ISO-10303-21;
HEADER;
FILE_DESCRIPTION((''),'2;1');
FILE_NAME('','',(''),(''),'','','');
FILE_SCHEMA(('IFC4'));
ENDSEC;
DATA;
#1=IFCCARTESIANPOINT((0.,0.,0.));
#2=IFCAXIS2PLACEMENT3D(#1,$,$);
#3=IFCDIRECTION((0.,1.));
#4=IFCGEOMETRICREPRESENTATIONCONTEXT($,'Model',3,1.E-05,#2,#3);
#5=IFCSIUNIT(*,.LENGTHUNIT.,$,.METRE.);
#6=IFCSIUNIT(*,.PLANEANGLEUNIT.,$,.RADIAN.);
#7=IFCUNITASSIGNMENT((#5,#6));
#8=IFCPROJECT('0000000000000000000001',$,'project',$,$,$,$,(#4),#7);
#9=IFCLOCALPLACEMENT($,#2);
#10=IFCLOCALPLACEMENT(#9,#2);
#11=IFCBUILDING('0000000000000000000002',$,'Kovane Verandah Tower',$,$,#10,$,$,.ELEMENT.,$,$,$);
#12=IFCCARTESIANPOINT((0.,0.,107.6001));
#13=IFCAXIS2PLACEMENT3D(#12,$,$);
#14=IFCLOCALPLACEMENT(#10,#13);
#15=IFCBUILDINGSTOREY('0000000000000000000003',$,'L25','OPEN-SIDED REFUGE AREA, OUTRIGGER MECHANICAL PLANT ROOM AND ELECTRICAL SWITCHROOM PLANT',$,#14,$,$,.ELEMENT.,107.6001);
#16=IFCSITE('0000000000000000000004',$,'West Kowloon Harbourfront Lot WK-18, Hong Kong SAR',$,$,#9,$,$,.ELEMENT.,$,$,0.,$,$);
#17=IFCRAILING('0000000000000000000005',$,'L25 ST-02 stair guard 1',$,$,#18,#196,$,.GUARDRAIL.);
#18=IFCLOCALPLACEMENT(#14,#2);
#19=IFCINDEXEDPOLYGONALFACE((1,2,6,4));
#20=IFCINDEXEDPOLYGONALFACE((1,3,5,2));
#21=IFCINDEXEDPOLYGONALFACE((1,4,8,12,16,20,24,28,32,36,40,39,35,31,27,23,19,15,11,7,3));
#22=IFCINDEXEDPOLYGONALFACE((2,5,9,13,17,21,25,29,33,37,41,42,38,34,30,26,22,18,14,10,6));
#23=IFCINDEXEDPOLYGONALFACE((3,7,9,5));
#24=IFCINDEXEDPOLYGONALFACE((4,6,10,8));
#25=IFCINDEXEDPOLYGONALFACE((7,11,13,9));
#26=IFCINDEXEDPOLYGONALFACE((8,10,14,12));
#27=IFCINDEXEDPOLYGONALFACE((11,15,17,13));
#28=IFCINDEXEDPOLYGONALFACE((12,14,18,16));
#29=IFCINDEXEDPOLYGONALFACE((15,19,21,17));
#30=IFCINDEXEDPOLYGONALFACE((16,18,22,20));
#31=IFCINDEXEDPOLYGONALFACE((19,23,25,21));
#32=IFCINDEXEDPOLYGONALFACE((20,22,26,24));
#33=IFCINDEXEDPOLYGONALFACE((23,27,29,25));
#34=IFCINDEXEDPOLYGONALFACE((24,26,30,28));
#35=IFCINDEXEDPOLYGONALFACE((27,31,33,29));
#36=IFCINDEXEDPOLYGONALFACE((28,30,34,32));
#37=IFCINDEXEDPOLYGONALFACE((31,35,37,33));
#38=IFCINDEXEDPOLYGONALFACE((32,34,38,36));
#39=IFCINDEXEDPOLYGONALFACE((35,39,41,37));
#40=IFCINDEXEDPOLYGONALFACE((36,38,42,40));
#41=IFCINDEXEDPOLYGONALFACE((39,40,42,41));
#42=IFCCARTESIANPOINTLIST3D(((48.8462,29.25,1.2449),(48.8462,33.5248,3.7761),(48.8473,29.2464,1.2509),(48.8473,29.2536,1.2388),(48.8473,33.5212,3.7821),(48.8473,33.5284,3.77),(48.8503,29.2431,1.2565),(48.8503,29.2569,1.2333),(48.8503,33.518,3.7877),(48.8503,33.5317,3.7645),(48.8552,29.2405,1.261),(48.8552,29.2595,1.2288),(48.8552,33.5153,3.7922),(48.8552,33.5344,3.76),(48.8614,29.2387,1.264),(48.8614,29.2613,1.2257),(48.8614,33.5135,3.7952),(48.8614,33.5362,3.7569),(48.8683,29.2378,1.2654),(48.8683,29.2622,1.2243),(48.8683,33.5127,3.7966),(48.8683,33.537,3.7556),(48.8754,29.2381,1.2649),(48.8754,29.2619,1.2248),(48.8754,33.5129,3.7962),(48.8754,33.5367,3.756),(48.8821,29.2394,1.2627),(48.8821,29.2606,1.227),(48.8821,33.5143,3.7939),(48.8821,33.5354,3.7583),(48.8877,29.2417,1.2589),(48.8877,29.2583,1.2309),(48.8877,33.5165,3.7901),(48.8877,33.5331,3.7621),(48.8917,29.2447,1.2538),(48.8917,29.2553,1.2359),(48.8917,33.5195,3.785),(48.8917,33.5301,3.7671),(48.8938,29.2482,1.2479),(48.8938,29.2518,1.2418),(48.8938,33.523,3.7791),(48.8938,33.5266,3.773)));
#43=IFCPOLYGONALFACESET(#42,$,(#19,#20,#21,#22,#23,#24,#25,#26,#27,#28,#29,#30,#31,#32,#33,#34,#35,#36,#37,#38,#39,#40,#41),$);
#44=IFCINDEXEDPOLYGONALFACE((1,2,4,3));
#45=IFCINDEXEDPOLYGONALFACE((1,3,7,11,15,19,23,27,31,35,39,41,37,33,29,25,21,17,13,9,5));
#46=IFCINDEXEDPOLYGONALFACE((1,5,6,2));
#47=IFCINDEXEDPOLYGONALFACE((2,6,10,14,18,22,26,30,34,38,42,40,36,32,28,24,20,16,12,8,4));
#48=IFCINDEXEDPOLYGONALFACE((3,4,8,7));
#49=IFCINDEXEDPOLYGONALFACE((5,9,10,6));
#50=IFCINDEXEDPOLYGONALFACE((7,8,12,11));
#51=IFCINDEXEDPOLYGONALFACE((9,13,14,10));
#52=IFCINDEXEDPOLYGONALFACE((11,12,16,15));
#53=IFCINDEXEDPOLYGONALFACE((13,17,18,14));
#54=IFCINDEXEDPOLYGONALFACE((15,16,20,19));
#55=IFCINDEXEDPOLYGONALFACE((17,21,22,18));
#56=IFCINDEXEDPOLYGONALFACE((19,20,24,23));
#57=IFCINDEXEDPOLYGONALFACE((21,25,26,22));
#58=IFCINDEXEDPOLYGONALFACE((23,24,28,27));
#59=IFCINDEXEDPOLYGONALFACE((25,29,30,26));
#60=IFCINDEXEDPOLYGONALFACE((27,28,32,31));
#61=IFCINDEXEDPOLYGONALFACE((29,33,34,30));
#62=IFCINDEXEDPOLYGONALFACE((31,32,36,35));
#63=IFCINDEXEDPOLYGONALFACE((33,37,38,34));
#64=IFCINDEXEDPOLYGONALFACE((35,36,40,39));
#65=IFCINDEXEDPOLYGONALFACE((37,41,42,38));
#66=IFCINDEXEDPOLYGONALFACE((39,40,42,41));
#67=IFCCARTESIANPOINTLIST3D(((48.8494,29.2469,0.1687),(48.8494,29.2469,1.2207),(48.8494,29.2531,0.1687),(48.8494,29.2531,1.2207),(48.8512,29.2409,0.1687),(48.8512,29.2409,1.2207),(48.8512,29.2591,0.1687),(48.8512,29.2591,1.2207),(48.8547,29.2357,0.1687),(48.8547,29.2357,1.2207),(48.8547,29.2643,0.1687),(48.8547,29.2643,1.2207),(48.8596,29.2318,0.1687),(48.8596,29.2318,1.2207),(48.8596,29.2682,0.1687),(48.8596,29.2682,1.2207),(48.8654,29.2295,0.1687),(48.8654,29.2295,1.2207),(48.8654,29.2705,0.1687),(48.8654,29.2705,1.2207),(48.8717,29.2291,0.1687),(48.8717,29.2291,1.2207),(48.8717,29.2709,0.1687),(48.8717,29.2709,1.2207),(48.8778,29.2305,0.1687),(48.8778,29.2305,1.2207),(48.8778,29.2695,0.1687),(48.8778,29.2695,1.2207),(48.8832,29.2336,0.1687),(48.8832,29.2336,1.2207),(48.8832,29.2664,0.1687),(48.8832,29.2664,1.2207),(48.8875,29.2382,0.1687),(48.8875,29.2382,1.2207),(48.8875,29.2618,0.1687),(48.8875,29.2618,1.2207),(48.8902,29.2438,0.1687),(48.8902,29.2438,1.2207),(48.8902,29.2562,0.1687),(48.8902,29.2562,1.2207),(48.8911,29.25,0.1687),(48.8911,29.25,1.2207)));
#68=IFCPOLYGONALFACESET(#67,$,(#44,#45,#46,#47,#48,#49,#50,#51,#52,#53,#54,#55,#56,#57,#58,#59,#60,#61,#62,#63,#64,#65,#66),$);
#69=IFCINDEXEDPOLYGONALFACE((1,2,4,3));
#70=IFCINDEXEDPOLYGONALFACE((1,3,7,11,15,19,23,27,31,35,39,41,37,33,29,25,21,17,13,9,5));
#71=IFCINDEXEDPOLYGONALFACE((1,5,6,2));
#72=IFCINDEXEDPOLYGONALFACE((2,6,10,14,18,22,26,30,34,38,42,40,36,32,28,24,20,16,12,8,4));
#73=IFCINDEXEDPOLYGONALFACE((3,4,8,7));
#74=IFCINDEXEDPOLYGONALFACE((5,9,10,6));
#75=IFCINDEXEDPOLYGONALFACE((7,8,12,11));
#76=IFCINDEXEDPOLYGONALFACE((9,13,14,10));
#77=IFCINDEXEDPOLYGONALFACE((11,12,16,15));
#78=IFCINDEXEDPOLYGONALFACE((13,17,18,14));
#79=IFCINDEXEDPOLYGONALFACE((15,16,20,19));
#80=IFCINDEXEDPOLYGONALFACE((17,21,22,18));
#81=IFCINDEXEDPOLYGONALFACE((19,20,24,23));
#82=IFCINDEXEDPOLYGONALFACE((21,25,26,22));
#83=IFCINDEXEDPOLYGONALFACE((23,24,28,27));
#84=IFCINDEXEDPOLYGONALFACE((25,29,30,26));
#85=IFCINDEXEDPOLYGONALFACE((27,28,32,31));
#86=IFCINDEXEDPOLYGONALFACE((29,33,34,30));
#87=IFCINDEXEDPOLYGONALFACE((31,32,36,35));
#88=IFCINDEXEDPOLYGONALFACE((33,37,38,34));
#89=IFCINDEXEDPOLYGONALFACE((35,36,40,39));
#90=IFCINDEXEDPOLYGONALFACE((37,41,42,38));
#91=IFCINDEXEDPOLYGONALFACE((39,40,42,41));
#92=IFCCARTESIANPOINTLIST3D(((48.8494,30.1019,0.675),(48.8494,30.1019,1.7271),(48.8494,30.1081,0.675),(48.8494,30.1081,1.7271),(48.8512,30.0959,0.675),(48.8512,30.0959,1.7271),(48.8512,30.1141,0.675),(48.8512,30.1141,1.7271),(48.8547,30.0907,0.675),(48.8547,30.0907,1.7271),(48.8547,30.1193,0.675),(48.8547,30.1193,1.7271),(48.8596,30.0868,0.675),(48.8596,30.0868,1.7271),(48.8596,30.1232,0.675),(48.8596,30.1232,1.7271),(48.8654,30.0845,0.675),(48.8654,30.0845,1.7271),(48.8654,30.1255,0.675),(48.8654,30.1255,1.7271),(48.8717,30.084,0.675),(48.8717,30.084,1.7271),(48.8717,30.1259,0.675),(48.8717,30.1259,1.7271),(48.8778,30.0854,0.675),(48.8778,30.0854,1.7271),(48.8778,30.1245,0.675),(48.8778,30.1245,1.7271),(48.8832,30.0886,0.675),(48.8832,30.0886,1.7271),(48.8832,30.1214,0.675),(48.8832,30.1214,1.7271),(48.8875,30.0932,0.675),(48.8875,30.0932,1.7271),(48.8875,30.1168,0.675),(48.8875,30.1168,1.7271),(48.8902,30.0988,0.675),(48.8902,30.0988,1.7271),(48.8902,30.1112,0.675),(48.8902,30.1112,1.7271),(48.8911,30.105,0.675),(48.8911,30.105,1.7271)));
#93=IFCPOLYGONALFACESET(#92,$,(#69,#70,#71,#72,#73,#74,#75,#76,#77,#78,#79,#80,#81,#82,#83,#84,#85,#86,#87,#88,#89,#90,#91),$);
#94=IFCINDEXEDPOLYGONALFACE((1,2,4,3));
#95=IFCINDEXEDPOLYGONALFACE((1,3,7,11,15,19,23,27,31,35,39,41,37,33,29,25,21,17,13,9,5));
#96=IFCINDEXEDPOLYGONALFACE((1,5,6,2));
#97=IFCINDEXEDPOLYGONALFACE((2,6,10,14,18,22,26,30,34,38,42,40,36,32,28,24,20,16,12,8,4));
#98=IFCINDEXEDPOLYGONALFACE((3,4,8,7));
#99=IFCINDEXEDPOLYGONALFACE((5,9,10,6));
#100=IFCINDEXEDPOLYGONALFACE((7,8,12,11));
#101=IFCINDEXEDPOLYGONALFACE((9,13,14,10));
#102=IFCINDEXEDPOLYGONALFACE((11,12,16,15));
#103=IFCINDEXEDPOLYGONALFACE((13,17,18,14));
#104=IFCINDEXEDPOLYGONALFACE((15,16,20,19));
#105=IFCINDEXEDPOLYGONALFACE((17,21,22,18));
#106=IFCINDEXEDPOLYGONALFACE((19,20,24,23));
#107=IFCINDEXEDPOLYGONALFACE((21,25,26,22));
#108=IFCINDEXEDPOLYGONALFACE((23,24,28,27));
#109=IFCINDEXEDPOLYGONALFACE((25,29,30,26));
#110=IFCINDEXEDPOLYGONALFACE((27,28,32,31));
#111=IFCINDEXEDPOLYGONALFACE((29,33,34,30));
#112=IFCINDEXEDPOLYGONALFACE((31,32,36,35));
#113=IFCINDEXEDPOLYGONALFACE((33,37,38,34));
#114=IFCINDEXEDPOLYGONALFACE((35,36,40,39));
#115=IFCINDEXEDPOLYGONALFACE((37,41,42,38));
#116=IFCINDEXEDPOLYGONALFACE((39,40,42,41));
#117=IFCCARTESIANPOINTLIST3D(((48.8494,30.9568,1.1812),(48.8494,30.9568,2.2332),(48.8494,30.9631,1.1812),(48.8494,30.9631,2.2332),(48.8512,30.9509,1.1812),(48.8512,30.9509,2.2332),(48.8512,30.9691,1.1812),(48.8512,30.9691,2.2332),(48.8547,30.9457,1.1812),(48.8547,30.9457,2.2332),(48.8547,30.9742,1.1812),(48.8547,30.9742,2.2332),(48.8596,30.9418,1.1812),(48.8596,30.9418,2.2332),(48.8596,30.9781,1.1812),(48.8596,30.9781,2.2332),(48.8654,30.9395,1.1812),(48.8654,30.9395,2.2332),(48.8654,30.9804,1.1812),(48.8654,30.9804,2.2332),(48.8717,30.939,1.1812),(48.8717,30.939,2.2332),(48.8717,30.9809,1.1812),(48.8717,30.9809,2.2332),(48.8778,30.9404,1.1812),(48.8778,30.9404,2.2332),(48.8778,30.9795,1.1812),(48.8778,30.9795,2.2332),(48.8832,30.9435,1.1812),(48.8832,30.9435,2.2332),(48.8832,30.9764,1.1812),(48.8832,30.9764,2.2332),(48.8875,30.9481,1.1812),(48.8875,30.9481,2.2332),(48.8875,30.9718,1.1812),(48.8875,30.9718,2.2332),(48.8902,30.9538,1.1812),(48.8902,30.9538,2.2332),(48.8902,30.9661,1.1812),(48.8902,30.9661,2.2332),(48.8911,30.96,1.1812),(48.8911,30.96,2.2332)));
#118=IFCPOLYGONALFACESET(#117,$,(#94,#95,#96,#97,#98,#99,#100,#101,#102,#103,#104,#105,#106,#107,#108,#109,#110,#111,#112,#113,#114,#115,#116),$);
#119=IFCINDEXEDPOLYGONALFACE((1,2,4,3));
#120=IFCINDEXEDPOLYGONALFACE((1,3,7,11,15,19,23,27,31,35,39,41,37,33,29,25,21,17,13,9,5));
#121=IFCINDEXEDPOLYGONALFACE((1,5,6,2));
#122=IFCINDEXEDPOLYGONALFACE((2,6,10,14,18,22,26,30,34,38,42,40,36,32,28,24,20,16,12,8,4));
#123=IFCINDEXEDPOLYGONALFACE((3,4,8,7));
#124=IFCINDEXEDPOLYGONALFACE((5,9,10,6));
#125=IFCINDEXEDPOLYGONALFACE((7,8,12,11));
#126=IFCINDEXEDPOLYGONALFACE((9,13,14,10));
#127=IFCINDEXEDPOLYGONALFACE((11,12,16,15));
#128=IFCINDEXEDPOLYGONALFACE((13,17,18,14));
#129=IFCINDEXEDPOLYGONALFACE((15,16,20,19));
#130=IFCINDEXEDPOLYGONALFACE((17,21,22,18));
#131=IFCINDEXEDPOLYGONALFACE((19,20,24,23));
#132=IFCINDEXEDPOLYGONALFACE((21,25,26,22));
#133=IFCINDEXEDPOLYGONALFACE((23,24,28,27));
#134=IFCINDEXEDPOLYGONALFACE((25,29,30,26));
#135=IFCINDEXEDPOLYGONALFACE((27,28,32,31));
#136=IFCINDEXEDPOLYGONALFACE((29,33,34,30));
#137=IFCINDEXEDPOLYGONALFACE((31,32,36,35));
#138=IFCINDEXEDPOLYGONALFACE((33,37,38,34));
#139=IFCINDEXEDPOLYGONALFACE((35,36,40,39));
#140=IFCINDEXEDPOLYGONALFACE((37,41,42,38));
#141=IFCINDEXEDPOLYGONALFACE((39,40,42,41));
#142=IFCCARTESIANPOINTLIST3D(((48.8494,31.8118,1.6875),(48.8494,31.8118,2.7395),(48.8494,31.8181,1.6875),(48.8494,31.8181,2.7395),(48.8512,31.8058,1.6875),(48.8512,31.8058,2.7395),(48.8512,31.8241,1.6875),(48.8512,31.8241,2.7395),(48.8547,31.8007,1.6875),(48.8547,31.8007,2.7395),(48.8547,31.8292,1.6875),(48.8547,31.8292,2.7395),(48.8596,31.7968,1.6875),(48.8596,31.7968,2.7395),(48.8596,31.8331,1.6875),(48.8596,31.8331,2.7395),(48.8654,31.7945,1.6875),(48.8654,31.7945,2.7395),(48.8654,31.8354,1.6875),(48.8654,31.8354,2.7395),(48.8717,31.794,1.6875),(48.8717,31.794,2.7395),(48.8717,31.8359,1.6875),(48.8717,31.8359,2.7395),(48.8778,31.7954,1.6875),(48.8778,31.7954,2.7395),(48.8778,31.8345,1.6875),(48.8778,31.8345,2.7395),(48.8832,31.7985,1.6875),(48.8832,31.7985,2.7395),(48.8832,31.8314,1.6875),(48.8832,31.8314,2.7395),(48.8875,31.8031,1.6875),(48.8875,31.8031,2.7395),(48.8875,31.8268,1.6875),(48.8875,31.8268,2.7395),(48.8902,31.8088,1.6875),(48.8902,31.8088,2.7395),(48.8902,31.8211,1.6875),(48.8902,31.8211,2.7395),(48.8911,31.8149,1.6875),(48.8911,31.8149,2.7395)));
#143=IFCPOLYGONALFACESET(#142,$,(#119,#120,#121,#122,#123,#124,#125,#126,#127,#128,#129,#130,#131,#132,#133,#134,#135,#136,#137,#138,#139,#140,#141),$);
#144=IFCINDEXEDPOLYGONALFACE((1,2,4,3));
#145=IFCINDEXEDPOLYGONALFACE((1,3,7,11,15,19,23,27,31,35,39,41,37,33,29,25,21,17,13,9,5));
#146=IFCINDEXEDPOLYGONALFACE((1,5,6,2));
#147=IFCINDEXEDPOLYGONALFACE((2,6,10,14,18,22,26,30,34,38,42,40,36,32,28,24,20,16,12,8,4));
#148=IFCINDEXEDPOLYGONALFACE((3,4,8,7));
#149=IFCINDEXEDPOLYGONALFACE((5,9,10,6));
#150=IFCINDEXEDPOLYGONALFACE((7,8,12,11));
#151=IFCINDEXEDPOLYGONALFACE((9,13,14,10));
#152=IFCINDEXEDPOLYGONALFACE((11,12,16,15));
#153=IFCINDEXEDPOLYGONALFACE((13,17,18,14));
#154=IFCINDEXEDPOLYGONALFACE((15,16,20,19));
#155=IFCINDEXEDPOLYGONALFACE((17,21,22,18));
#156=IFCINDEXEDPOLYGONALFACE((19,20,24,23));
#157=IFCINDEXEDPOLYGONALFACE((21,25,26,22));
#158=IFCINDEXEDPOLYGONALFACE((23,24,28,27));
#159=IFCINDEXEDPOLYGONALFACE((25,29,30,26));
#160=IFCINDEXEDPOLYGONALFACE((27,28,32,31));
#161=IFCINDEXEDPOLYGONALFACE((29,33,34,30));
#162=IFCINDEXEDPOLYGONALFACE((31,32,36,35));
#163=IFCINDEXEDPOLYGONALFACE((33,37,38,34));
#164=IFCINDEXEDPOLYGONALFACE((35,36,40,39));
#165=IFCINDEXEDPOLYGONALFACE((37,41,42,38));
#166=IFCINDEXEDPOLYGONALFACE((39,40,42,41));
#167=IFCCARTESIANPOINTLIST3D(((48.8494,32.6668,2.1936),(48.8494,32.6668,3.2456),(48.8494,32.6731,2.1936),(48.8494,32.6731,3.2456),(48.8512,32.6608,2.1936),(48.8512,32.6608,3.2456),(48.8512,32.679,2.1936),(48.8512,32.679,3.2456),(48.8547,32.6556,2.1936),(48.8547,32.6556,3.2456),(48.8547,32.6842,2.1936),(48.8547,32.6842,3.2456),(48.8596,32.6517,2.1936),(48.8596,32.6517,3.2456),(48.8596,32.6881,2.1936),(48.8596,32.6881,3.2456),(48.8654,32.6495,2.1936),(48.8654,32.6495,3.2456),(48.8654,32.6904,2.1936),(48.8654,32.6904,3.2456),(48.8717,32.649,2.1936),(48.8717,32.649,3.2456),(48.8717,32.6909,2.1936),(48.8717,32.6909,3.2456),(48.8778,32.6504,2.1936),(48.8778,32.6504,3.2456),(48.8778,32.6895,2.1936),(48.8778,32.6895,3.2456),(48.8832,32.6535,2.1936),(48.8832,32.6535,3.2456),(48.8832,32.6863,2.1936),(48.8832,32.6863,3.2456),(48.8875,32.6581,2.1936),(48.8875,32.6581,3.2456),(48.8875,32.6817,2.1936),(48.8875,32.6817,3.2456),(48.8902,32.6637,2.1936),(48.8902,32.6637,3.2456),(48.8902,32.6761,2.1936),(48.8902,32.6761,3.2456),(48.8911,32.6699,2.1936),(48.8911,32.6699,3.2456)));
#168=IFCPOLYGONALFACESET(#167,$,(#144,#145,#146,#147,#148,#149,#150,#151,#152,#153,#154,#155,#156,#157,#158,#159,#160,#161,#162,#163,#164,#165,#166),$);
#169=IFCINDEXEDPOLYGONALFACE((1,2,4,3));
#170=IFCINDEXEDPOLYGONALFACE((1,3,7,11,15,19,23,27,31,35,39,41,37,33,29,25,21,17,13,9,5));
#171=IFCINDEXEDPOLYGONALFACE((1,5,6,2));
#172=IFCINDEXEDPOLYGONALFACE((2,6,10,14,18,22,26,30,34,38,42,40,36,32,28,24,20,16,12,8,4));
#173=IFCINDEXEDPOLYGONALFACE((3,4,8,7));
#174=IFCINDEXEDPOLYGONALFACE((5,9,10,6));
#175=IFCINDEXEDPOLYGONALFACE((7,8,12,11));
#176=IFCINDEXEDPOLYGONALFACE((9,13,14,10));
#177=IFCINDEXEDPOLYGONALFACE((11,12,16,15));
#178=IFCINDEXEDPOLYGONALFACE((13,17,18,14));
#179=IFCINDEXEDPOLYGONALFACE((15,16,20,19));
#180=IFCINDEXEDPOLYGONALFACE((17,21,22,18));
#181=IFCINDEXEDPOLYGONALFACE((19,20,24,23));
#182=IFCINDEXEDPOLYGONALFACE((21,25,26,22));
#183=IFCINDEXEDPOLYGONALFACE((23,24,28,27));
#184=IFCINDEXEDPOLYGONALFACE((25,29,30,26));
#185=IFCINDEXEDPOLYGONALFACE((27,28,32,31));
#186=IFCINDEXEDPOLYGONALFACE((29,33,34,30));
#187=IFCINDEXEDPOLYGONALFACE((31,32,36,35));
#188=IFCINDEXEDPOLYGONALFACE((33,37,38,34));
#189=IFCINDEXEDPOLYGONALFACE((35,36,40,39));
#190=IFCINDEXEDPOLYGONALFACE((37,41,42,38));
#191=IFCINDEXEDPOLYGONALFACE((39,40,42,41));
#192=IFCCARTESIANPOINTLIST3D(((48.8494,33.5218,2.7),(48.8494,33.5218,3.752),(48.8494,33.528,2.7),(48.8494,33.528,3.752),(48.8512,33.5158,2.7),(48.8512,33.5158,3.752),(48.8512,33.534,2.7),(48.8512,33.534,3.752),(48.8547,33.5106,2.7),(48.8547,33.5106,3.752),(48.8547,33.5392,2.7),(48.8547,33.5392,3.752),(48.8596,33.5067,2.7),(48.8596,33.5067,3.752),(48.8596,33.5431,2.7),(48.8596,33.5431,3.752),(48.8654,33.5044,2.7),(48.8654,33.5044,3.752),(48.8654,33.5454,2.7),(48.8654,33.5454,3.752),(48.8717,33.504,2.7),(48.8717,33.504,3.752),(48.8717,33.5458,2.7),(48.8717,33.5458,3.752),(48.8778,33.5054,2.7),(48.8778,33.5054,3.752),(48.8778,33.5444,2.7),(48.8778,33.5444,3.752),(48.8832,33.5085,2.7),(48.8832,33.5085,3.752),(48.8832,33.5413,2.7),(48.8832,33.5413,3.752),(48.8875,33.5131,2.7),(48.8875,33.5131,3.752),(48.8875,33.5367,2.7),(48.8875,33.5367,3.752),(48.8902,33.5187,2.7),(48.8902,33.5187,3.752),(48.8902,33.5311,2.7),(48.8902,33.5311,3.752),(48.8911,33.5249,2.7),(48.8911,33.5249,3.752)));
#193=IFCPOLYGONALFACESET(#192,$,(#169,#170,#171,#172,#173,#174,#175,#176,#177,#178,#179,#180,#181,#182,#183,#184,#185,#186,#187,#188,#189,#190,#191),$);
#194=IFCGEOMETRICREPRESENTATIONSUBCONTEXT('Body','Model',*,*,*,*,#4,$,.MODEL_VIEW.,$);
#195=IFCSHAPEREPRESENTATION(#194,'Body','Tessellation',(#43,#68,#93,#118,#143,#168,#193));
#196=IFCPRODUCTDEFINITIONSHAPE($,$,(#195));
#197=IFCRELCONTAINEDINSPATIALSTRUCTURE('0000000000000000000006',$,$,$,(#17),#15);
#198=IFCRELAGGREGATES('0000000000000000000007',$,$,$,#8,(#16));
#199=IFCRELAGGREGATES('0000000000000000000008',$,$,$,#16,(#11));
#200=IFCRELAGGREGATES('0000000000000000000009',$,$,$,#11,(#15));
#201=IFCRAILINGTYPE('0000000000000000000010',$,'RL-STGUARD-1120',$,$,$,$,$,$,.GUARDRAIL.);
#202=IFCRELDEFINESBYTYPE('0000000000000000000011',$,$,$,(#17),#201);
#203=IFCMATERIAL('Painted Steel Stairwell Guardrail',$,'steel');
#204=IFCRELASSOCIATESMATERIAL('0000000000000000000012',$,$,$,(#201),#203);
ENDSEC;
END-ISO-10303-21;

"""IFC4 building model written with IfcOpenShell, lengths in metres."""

from ifc_helpers import new_model, si_unit, direction, frame, origin, origin_2d, place, context, subcontext, project, spatial, circle, extrude, material, type_object, element, save


model = new_model("IFC4")

# Units and contexts
model_context = context("Model", 3, precision=1e-05, world=origin(), true_north=direction((0.0, 1.0)))
body_context = subcontext(model_context, "Body", "Model", "MODEL_VIEW")
ifc_project = project(units=[si_unit("LENGTHUNIT", "METRE"), si_unit("PLANEANGLEUNIT", "RADIAN")], contexts=[model_context])

# Site, building, storey
site_placement = place(None, origin())
site = spatial("IfcSite", under=ifc_project, at=site_placement, Name="West Kowloon Harbourfront Lot WK-18, Hong Kong SAR", CompositionType="ELEMENT", RefElevation=0.0)
building_placement = place(site_placement, origin())
building = spatial("IfcBuilding", under=site, at=building_placement, Name="Kovane Verandah Tower", CompositionType="ELEMENT")
storey_placement = place(building_placement, frame((0.0, 0.0, 107.6001)))
storey = spatial("IfcBuildingStorey", under=building, at=storey_placement, Name="L25", Description="OPEN-SIDED REFUGE AREA, OUTRIGGER MECHANICAL PLANT ROOM AND ELECTRICAL SWITCHROOM PLANT", CompositionType="ELEMENT", Elevation=107.6001)

# Railing
ifc_material_1 = material(Name="Painted Steel Stairwell Guardrail", Category="steel")
railing_type_1 = type_object("IfcRailingType", Name="RL-STGUARD-1120", PredefinedType="GUARDRAIL", material=ifc_material_1)
railing_1_placement = place(storey_placement, frame((48.8701, 29.25, 0.1687)))
element("IfcRailing", 1, at=railing_1_placement, inside=storey, type_object=railing_type_1, Name="L25 ST-02 stair guard 1", PredefinedType="GUARDRAIL", context=body_context, shape_type="SweptSolid", body=[
    extrude(circle(Radius=0.0239, at=origin_2d()), frame((0.0, 0.0, 1.0762), z_axis=(0.0, 0.86047, 0.509501), x_axis=(-1.0, 0.0, 0.0)), (0.0, 0.0, 1.0), 4.968),
    extrude(circle(Radius=0.021, at=origin_2d()), origin(), (0.0, 0.0, 1.0), 1.052),
    extrude(circle(Radius=0.021, at=origin_2d()), frame((0.0, 0.855, 0.5063)), (0.0, 0.0, 1.0), 1.052),
    extrude(circle(Radius=0.021, at=origin_2d()), frame((0.0, 1.71, 1.0125)), (0.0, 0.0, 1.0), 1.052),
    extrude(circle(Radius=0.021, at=origin_2d()), frame((0.0, 2.5649, 1.5188)), (0.0, 0.0, 1.0), 1.052),
    extrude(circle(Radius=0.021, at=origin_2d()), frame((0.0, 3.4199, 2.0249)), (0.0, 0.0, 1.0), 1.052),
    extrude(circle(Radius=0.021, at=origin_2d()), frame((0.0, 4.2749, 2.5312)), (0.0, 0.0, 1.0), 1.052),
])

save(model, "model.ifc")
